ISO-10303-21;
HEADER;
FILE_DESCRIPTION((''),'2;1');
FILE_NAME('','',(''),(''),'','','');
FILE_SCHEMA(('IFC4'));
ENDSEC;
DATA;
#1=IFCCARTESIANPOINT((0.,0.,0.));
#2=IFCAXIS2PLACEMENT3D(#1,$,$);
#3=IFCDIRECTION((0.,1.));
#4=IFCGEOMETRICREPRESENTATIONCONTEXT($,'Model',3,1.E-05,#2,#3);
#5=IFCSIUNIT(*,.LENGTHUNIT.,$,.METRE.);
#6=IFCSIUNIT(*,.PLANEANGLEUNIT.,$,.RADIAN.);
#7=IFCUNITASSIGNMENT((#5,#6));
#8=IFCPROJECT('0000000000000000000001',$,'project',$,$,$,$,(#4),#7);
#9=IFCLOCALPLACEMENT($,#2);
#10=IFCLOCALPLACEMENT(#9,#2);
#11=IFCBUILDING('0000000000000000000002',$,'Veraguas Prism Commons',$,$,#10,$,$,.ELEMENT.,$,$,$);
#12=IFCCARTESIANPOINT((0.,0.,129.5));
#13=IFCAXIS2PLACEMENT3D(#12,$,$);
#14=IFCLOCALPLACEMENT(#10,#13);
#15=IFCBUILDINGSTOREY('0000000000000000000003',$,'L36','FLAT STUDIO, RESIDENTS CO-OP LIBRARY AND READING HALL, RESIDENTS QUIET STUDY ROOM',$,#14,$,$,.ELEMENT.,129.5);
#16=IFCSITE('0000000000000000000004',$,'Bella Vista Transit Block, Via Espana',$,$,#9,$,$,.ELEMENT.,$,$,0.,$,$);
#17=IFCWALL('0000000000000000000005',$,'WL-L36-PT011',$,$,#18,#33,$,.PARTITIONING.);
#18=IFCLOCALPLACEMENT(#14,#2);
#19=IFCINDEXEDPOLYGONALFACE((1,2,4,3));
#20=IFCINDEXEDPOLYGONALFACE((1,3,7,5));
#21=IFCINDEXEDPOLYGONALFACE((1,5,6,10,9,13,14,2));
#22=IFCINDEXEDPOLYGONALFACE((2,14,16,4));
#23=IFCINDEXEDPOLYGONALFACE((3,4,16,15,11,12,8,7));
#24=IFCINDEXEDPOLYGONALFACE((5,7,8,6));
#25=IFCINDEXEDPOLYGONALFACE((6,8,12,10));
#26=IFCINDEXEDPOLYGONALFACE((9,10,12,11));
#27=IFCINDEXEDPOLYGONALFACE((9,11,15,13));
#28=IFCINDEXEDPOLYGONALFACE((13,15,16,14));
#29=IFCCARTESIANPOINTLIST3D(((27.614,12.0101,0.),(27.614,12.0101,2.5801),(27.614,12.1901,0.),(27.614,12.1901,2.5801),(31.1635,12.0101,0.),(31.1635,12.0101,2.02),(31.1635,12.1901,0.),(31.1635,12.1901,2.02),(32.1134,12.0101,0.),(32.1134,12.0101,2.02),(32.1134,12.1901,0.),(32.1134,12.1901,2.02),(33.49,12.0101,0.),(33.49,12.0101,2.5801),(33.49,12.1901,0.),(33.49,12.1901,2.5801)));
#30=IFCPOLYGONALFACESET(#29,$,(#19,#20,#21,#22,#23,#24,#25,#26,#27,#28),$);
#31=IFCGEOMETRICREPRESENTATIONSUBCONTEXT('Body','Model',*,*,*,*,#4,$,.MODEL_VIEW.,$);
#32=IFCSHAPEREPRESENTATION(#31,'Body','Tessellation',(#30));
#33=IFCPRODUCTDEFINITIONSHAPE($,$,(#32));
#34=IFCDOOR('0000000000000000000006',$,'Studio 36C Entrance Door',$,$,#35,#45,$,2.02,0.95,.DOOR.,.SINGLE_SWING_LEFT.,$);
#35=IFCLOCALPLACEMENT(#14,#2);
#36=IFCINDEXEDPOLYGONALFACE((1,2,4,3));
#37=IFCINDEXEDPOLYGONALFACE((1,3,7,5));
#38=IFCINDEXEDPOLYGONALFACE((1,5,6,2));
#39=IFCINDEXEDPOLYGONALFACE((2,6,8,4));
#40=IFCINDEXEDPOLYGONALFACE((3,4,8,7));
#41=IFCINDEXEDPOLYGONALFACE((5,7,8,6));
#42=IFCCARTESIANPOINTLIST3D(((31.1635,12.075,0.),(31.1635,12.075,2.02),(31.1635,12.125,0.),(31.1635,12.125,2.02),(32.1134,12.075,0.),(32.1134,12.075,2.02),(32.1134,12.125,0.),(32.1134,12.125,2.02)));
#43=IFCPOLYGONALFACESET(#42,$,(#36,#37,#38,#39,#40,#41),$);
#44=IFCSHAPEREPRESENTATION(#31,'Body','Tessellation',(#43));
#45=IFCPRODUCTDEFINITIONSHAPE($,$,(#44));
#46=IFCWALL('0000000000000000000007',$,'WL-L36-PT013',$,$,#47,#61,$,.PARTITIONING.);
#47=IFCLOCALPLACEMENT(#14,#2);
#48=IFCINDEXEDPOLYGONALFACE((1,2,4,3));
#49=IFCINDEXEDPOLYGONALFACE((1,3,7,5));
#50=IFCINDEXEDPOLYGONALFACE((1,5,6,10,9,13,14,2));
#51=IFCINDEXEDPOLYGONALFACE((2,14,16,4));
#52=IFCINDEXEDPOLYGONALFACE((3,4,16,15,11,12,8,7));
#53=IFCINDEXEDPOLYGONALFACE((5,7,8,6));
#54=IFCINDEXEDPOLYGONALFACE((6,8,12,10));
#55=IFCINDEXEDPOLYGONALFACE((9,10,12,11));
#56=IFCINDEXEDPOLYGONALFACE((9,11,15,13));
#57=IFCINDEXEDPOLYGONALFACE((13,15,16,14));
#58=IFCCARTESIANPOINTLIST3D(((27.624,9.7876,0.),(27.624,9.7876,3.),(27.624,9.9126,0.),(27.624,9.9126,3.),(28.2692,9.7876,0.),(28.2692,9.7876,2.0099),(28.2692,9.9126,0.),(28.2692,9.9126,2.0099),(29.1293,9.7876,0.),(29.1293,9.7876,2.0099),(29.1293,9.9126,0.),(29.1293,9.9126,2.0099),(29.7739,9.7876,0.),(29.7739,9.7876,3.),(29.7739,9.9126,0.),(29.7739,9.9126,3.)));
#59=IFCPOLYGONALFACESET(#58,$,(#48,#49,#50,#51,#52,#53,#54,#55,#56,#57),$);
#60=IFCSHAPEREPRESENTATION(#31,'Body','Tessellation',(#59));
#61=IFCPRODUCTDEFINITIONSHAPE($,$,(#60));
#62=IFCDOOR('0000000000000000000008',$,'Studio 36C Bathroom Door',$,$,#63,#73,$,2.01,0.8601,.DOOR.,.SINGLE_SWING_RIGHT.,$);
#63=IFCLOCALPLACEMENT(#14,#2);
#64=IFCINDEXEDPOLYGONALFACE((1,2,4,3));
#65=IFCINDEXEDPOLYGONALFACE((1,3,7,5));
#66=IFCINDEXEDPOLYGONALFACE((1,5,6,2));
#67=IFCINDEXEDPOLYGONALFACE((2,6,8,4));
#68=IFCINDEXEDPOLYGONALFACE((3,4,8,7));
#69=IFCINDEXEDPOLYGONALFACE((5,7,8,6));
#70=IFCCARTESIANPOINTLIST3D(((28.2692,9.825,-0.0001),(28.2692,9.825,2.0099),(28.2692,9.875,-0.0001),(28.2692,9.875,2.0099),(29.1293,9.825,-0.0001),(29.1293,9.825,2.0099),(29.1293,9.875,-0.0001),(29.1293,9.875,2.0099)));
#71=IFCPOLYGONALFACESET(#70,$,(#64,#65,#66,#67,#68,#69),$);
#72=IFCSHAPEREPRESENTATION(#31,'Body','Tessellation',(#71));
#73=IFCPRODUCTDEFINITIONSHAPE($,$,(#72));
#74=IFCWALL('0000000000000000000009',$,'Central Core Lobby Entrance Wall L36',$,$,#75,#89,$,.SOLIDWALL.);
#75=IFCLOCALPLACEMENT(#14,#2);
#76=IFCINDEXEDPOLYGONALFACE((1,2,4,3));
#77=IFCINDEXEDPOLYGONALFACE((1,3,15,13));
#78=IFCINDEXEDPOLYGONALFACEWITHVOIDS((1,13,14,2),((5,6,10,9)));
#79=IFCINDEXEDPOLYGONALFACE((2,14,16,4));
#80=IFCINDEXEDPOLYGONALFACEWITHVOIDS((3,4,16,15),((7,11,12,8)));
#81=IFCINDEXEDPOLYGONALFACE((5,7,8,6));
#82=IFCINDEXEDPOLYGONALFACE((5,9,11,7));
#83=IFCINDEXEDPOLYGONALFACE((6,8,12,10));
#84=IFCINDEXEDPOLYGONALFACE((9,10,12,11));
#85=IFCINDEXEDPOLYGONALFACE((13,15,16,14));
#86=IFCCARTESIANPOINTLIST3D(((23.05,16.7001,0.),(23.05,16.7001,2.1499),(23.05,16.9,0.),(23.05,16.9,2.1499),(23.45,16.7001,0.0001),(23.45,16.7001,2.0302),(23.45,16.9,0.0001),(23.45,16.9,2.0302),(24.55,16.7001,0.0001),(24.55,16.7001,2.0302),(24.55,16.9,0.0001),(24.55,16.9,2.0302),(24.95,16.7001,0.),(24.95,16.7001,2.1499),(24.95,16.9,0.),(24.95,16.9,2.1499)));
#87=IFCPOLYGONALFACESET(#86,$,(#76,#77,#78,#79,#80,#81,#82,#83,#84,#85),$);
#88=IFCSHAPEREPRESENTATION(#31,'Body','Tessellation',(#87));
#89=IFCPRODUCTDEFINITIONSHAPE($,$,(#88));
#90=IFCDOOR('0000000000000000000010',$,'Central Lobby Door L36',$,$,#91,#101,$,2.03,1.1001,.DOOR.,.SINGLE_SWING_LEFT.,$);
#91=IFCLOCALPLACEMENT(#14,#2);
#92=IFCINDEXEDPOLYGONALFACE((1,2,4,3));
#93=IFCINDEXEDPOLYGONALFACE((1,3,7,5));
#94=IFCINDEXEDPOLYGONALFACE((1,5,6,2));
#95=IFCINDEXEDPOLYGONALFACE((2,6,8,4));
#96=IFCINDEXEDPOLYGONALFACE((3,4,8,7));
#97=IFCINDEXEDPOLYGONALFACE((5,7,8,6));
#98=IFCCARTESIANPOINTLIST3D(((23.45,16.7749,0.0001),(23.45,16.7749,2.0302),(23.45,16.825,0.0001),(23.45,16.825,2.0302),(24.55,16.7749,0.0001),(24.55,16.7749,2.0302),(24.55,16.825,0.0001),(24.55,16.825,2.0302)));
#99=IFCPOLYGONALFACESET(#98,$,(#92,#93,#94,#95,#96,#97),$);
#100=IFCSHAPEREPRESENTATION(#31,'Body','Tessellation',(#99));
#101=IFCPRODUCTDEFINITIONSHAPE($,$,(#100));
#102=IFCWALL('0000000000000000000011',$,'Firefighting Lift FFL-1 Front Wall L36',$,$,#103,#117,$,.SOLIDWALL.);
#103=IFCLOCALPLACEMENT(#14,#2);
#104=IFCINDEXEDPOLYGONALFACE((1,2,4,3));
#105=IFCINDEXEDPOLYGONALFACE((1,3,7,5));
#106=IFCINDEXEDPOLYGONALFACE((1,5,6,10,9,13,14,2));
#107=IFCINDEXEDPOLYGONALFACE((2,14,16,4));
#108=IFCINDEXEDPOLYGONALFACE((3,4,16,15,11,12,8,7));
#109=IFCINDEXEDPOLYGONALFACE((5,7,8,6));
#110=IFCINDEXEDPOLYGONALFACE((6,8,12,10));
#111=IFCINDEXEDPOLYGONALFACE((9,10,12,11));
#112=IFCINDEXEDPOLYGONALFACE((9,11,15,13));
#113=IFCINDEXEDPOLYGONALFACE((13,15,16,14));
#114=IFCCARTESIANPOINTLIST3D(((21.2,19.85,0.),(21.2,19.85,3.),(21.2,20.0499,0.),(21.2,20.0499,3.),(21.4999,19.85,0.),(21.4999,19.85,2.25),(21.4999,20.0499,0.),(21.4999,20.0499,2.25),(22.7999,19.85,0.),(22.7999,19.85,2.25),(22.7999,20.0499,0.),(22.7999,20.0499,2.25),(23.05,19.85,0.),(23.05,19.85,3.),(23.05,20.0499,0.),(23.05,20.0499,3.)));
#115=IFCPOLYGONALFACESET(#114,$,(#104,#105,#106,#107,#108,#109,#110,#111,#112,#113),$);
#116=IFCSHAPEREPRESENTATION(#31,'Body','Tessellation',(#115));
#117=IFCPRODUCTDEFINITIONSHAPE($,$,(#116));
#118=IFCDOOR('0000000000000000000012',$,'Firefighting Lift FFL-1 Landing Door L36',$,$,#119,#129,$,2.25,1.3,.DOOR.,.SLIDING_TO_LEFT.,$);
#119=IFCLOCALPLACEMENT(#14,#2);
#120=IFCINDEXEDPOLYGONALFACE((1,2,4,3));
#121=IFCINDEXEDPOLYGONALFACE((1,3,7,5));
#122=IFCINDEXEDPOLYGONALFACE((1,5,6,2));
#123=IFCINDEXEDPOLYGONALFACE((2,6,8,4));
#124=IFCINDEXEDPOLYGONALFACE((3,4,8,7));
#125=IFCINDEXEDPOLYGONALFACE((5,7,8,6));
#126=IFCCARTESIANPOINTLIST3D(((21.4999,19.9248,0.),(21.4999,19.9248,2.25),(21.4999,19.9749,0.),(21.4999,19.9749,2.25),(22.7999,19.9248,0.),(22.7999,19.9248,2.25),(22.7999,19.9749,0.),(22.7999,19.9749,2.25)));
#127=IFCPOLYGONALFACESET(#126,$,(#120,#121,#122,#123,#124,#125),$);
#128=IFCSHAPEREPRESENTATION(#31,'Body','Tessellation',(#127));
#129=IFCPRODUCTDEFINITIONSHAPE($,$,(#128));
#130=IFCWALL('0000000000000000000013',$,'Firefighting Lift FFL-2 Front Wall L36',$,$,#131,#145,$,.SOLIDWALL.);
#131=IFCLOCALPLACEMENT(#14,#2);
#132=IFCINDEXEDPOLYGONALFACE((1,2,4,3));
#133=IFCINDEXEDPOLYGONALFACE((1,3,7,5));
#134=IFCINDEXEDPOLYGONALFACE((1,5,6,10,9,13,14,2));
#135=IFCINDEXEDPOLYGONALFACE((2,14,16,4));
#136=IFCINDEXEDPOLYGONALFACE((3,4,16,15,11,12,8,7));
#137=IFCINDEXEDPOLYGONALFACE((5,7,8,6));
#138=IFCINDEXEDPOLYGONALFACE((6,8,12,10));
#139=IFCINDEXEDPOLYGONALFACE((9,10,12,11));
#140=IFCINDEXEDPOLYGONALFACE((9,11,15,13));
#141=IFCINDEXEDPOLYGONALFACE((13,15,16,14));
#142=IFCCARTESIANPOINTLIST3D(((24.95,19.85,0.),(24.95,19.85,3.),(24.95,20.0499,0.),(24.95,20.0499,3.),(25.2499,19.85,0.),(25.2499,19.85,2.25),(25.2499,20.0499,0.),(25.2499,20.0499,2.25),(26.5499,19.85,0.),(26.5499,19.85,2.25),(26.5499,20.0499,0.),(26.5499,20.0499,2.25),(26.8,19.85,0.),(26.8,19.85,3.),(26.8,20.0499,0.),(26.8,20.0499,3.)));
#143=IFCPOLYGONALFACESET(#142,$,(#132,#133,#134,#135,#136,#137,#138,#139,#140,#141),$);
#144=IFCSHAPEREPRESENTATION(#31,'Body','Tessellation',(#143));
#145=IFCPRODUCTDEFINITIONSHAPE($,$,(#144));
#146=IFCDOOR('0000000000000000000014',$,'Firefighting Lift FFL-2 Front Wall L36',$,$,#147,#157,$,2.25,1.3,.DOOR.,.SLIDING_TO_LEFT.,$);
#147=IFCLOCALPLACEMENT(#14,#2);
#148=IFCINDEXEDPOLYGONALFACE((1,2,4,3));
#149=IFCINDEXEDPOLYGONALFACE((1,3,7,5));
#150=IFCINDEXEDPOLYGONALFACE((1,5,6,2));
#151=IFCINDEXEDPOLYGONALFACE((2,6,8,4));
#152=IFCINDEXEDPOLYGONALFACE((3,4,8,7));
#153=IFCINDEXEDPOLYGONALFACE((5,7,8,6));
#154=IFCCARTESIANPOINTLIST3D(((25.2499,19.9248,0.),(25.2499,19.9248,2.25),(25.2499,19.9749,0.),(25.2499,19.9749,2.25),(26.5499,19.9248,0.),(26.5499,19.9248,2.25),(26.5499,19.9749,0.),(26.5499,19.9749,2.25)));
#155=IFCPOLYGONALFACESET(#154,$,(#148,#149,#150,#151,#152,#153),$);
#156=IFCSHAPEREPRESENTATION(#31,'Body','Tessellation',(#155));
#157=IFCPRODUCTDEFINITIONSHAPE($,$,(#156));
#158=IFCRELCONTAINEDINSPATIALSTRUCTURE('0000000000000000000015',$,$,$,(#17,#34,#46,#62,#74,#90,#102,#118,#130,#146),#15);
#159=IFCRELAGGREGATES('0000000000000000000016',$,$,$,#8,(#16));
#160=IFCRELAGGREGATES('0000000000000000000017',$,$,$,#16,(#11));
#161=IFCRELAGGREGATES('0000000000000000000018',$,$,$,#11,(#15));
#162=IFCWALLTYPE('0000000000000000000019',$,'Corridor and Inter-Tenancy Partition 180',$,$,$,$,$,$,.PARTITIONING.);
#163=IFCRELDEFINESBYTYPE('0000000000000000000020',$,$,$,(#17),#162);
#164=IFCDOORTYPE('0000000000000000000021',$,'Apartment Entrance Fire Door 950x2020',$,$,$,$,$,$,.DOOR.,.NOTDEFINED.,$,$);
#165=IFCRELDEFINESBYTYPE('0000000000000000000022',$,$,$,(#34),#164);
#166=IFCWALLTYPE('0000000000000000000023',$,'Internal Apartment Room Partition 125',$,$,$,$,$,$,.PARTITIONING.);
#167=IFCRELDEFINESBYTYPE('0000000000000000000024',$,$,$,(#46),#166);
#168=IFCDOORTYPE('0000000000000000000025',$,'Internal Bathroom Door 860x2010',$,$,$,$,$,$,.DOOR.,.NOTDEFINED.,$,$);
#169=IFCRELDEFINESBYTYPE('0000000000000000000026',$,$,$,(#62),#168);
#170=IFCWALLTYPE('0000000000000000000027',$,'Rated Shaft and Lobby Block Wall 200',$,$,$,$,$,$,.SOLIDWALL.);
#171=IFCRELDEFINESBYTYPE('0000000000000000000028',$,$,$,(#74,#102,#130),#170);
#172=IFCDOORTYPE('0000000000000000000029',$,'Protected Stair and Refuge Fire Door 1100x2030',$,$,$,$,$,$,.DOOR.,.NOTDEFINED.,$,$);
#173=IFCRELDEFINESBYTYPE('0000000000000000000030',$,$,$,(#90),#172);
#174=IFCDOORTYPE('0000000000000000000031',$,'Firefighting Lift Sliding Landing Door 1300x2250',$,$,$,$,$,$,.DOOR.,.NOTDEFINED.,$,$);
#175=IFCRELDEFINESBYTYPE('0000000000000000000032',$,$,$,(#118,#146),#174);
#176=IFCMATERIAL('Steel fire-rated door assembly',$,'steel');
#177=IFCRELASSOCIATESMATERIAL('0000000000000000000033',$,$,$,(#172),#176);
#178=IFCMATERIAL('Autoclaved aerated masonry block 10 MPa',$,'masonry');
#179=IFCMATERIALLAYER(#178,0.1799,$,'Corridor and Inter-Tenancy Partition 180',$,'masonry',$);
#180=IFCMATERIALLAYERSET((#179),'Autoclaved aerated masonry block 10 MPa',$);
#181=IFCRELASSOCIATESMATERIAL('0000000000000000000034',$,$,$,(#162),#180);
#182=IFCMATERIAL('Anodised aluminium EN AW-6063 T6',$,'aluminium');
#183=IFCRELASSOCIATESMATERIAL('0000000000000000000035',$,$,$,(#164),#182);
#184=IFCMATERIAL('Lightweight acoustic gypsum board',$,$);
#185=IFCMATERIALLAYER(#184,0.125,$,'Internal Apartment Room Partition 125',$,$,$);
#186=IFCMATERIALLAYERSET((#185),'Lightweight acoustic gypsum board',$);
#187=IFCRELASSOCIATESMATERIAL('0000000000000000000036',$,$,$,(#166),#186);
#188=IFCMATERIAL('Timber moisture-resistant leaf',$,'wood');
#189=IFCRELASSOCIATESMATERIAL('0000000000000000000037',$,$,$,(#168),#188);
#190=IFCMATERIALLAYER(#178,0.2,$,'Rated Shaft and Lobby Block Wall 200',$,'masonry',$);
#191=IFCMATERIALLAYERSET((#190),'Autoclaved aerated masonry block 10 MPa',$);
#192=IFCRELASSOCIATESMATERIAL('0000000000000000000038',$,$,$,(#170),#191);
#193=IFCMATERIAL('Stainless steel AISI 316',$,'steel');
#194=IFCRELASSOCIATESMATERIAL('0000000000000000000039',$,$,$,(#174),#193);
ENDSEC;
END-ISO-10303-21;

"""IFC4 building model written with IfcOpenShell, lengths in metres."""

from ifc_helpers import new_model, si_unit, direction, frame, frame_2d, origin, place, context, subcontext, project, spatial, rectangle, extrude, source, transform, mapped, material, layer, layer_set, type_object, element, fill, save


model = new_model("IFC4")

# Units and contexts
model_context = context("Model", 3, precision=1e-05, world=origin(), true_north=direction((0.0, 1.0)))
body_context = subcontext(model_context, "Body", "Model", "MODEL_VIEW")
ifc_project = project(units=[si_unit("LENGTHUNIT", "METRE"), si_unit("PLANEANGLEUNIT", "RADIAN")], contexts=[model_context])

# Site, building, storey
site_placement = place(None, origin())
site = spatial("IfcSite", under=ifc_project, at=site_placement, Name="Bella Vista Transit Block, Via Espana", CompositionType="ELEMENT", RefElevation=0.0)
building_placement = place(site_placement, origin())
building = spatial("IfcBuilding", under=site, at=building_placement, Name="Veraguas Prism Commons", CompositionType="ELEMENT")
storey_placement = place(building_placement, frame((0.0, 0.0, 129.5)))
storey = spatial("IfcBuildingStorey", under=building, at=storey_placement, Name="L36", Description="FLAT STUDIO, RESIDENTS CO-OP LIBRARY AND READING HALL, RESIDENTS QUIET STUDY ROOM", CompositionType="ELEMENT", Elevation=129.5)

# Shared definitions
ifc_material_1 = material(Name="Steel fire-rated door assembly", Category="steel")
door_type_1 = type_object("IfcDoorType", Name="Protected Stair and Refuge Fire Door 1100x2030", OperationType="NOTDEFINED", PredefinedType="DOOR", material=ifc_material_1)
shared_shape_1 = source(origin(), body_context, "Body", "SweptSolid", [
    extrude(rectangle(XDim=1.1001, YDim=2.03, at=frame_2d((0.55, 1.0151))), frame((0.0, 0.0249, 0.0), z_axis=(0.0, -1.0, 0.0), x_axis=(1.0, 0.0, 0.0)), (0.0, 0.0, 1.0), 0.05),
])

# Shared definitions
ifc_material_2 = material(Name="Autoclaved aerated masonry block 10 MPa", Category="masonry")
ifc_layer_1 = layer(ifc_material_2, 0.1799, Name="Corridor and Inter-Tenancy Partition 180", Category="masonry")
ifc_layer_set_1 = layer_set([ifc_layer_1], Name="Autoclaved aerated masonry block 10 MPa")
wall_type_1 = type_object("IfcWallType", Name="Corridor and Inter-Tenancy Partition 180", PredefinedType="PARTITIONING", material=ifc_layer_set_1)

# Walls, openings, doors
wall_1_placement = place(storey_placement, frame((27.614, 12.1001, 0.0), z_axis=(0.0, 0.0, 1.0), x_axis=(1.0, 0.0, 0.0)))
wall_1 = element("IfcWall", 1, at=wall_1_placement, inside=storey, type_object=wall_type_1, Name="WL-L36-PT011", PredefinedType="PARTITIONING", context=body_context, shape_type="SweptSolid", body=[
    extrude(rectangle(XDim=5.876, YDim=0.1799, at=frame_2d((2.938, 0.0))), origin(), (0.0, 0.0, 1.0), 2.5801),
])
opening_1_placement = place(wall_1_placement, frame((3.5493, 0.0, 0.0)))
opening_1 = element("IfcOpeningElement", 2, at=opening_1_placement, cuts=wall_1, PredefinedType="OPENING", context=body_context, shape_type="SweptSolid", body=[
    extrude(rectangle(XDim=0.95, YDim=2.02, at=frame_2d((0.4751, 1.01))), frame((0.0, 0.0999, 0.0), z_axis=(0.0, -1.0, 0.0), x_axis=(1.0, 0.0, 0.0)), (0.0, 0.0, 1.0), 0.2),
])
ifc_material_3 = material(Name="Anodised aluminium EN AW-6063 T6", Category="aluminium")
door_type_2 = type_object("IfcDoorType", Name="Apartment Entrance Fire Door 950x2020", OperationType="NOTDEFINED", PredefinedType="DOOR", material=ifc_material_3)
shared_shape_2 = source(origin(), body_context, "Body", "SweptSolid", [
    extrude(rectangle(XDim=0.95, YDim=2.02, at=frame_2d((0.4751, 1.01))), frame((0.0, 0.0249, 0.0), z_axis=(0.0, -1.0, 0.0), x_axis=(1.0, 0.0, 0.0)), (0.0, 0.0, 1.0), 0.05),
])
door_1_placement = place(opening_1_placement, origin())
door_1 = element("IfcDoor", 3, at=door_1_placement, inside=storey, type_object=door_type_2, Name="Studio 36C Entrance Door", OperationType="SINGLE_SWING_LEFT", OverallHeight=2.02, OverallWidth=0.95, PredefinedType="DOOR", context=body_context, shape_type="MappedRepresentation", body=[
    mapped(shared_shape_2, transform((0.0, 0.0, 0.0), scale=1.0)),
])
fill(opening_1, door_1)
ifc_material_4 = material(Name="Lightweight acoustic gypsum board")
ifc_layer_2 = layer(ifc_material_4, 0.125, Name="Internal Apartment Room Partition 125")
ifc_layer_set_2 = layer_set([ifc_layer_2], Name="Lightweight acoustic gypsum board")
wall_type_2 = type_object("IfcWallType", Name="Internal Apartment Room Partition 125", PredefinedType="PARTITIONING", material=ifc_layer_set_2)
wall_2_placement = place(storey_placement, frame((27.624, 9.8501, 0.0), z_axis=(0.0, 0.0, 1.0), x_axis=(1.0, 0.0, 0.0)))
wall_2 = element("IfcWall", 4, at=wall_2_placement, inside=storey, type_object=wall_type_2, Name="WL-L36-PT013", PredefinedType="PARTITIONING", context=body_context, shape_type="SweptSolid", body=[
    extrude(rectangle(XDim=2.1499, YDim=0.125, at=frame_2d((1.075, 0.0))), origin(), (0.0, 0.0, 1.0), 3.0),
])
opening_2_placement = place(wall_2_placement, frame((0.645, 0.0, 0.0)))
opening_2 = element("IfcOpeningElement", 5, at=opening_2_placement, cuts=wall_2, PredefinedType="OPENING", context=body_context, shape_type="SweptSolid", body=[
    extrude(rectangle(XDim=0.8601, YDim=2.01, at=frame_2d((0.4302, 1.0049))), frame((0.0, 0.0725, 0.0), z_axis=(0.0, -1.0, 0.0), x_axis=(1.0, 0.0, 0.0)), (0.0, 0.0, 1.0), 0.145),
])
ifc_material_5 = material(Name="Timber moisture-resistant leaf", Category="wood")
door_type_3 = type_object("IfcDoorType", Name="Internal Bathroom Door 860x2010", OperationType="NOTDEFINED", PredefinedType="DOOR", material=ifc_material_5)
shared_shape_3 = source(origin(), body_context, "Body", "SweptSolid", [
    extrude(rectangle(XDim=0.8601, YDim=2.01, at=frame_2d((0.4302, 1.0049))), frame((0.0, 0.0249, 0.0), z_axis=(0.0, -1.0, 0.0), x_axis=(1.0, 0.0, 0.0)), (0.0, 0.0, 1.0), 0.05),
])
door_2_placement = place(opening_2_placement, origin())
door_2 = element("IfcDoor", 6, at=door_2_placement, inside=storey, type_object=door_type_3, Name="Studio 36C Bathroom Door", OperationType="SINGLE_SWING_RIGHT", OverallHeight=2.01, OverallWidth=0.8601, PredefinedType="DOOR", context=body_context, shape_type="MappedRepresentation", body=[
    mapped(shared_shape_3, transform((0.0, 0.0, 0.0), scale=1.0)),
])
fill(opening_2, door_2)
ifc_layer_3 = layer(ifc_material_2, 0.2, Name="Rated Shaft and Lobby Block Wall 200", Category="masonry")
ifc_layer_set_3 = layer_set([ifc_layer_3], Name="Autoclaved aerated masonry block 10 MPa")
wall_type_3 = type_object("IfcWallType", Name="Rated Shaft and Lobby Block Wall 200", PredefinedType="SOLIDWALL", material=ifc_layer_set_3)
wall_3_placement = place(storey_placement, frame((23.05, 16.8, 0.0), z_axis=(0.0, 0.0, 1.0), x_axis=(1.0, 0.0, 0.0)))
wall_3 = element("IfcWall", 7, at=wall_3_placement, inside=storey, type_object=wall_type_3, Name="Central Core Lobby Entrance Wall L36", PredefinedType="SOLIDWALL", context=body_context, shape_type="SweptSolid", body=[
    extrude(rectangle(XDim=1.8999, YDim=0.2, at=frame_2d((0.95, 0.0))), origin(), (0.0, 0.0, 1.0), 2.1499),
])
opening_3_placement = place(wall_3_placement, frame((0.3999, 0.0, 0.0)))
opening_3 = element("IfcOpeningElement", 8, at=opening_3_placement, cuts=wall_3, PredefinedType="OPENING", context=body_context, shape_type="SweptSolid", body=[
    extrude(rectangle(XDim=1.1001, YDim=2.03, at=frame_2d((0.55, 1.0151))), frame((0.0, 0.1099, 0.0), z_axis=(0.0, -1.0, 0.0), x_axis=(1.0, 0.0, 0.0)), (0.0, 0.0, 1.0), 0.22),
])
door_3_placement = place(opening_3_placement, origin())
door_3 = element("IfcDoor", 9, at=door_3_placement, inside=storey, type_object=door_type_1, Name="Central Lobby Door L36", OperationType="SINGLE_SWING_LEFT", OverallHeight=2.03, OverallWidth=1.1001, PredefinedType="DOOR", context=body_context, shape_type="MappedRepresentation", body=[
    mapped(shared_shape_1, transform((0.0, 0.0, 0.0), scale=1.0)),
])
fill(opening_3, door_3)
wall_4_placement = place(storey_placement, frame((21.2, 19.95, 0.0), z_axis=(0.0, 0.0, 1.0), x_axis=(1.0, 0.0, 0.0)))
wall_4 = element("IfcWall", 10, at=wall_4_placement, inside=storey, type_object=wall_type_3, Name="Firefighting Lift FFL-1 Front Wall L36", PredefinedType="SOLIDWALL", context=body_context, shape_type="SweptSolid", body=[
    extrude(rectangle(XDim=1.8501, YDim=0.2, at=frame_2d((0.925, 0.0))), origin(), (0.0, 0.0, 1.0), 3.0),
])
opening_4_placement = place(wall_4_placement, frame((0.3, 0.0, 0.0)))
opening_4 = element("IfcOpeningElement", 11, at=opening_4_placement, cuts=wall_4, PredefinedType="OPENING", context=body_context, shape_type="SweptSolid", body=[
    extrude(rectangle(XDim=1.3, YDim=2.25, at=frame_2d((0.6499, 1.125))), frame((0.0, 0.1099, 0.0), z_axis=(0.0, -1.0, 0.0), x_axis=(1.0, 0.0, 0.0)), (0.0, 0.0, 1.0), 0.22),
])
ifc_material_6 = material(Name="Stainless steel AISI 316", Category="steel")
door_type_4 = type_object("IfcDoorType", Name="Firefighting Lift Sliding Landing Door 1300x2250", OperationType="NOTDEFINED", PredefinedType="DOOR", material=ifc_material_6)
shared_shape_4 = source(origin(), body_context, "Body", "SweptSolid", [
    extrude(rectangle(XDim=1.3, YDim=2.25, at=frame_2d((0.6499, 1.125))), frame((0.0, 0.0249, 0.0), z_axis=(0.0, -1.0, 0.0), x_axis=(1.0, 0.0, 0.0)), (0.0, 0.0, 1.0), 0.05),
])
door_4_placement = place(opening_4_placement, origin())
door_4 = element("IfcDoor", 12, at=door_4_placement, inside=storey, type_object=door_type_4, Name="Firefighting Lift FFL-1 Landing Door L36", OperationType="SLIDING_TO_LEFT", OverallHeight=2.25, OverallWidth=1.3, PredefinedType="DOOR", context=body_context, shape_type="MappedRepresentation", body=[
    mapped(shared_shape_4, transform((0.0, 0.0, 0.0), scale=1.0)),
])
fill(opening_4, door_4)
wall_5_placement = place(storey_placement, frame((24.95, 19.95, 0.0), z_axis=(0.0, 0.0, 1.0), x_axis=(1.0, 0.0, 0.0)))
wall_5 = element("IfcWall", 13, at=wall_5_placement, inside=storey, type_object=wall_type_3, Name="Firefighting Lift FFL-2 Front Wall L36", PredefinedType="SOLIDWALL", context=body_context, shape_type="SweptSolid", body=[
    extrude(rectangle(XDim=1.8501, YDim=0.2, at=frame_2d((0.925, 0.0))), origin(), (0.0, 0.0, 1.0), 3.0),
])
opening_5_placement = place(wall_5_placement, frame((0.3, 0.0, 0.0)))
opening_5 = element("IfcOpeningElement", 14, at=opening_5_placement, cuts=wall_5, PredefinedType="OPENING", context=body_context, shape_type="SweptSolid", body=[
    extrude(rectangle(XDim=1.3, YDim=2.25, at=frame_2d((0.6499, 1.125))), frame((0.0, 0.1099, 0.0), z_axis=(0.0, -1.0, 0.0), x_axis=(1.0, 0.0, 0.0)), (0.0, 0.0, 1.0), 0.22),
])
door_5_placement = place(opening_5_placement, origin())
door_5 = element("IfcDoor", 15, at=door_5_placement, inside=storey, type_object=door_type_4, Name="Firefighting Lift FFL-2 Front Wall L36", OperationType="SLIDING_TO_LEFT", OverallHeight=2.25, OverallWidth=1.3, PredefinedType="DOOR", context=body_context, shape_type="MappedRepresentation", body=[
    mapped(shared_shape_4, transform((0.0, 0.0, 0.0), scale=1.0)),
])
fill(opening_5, door_5)

save(model, "model.ifc")
